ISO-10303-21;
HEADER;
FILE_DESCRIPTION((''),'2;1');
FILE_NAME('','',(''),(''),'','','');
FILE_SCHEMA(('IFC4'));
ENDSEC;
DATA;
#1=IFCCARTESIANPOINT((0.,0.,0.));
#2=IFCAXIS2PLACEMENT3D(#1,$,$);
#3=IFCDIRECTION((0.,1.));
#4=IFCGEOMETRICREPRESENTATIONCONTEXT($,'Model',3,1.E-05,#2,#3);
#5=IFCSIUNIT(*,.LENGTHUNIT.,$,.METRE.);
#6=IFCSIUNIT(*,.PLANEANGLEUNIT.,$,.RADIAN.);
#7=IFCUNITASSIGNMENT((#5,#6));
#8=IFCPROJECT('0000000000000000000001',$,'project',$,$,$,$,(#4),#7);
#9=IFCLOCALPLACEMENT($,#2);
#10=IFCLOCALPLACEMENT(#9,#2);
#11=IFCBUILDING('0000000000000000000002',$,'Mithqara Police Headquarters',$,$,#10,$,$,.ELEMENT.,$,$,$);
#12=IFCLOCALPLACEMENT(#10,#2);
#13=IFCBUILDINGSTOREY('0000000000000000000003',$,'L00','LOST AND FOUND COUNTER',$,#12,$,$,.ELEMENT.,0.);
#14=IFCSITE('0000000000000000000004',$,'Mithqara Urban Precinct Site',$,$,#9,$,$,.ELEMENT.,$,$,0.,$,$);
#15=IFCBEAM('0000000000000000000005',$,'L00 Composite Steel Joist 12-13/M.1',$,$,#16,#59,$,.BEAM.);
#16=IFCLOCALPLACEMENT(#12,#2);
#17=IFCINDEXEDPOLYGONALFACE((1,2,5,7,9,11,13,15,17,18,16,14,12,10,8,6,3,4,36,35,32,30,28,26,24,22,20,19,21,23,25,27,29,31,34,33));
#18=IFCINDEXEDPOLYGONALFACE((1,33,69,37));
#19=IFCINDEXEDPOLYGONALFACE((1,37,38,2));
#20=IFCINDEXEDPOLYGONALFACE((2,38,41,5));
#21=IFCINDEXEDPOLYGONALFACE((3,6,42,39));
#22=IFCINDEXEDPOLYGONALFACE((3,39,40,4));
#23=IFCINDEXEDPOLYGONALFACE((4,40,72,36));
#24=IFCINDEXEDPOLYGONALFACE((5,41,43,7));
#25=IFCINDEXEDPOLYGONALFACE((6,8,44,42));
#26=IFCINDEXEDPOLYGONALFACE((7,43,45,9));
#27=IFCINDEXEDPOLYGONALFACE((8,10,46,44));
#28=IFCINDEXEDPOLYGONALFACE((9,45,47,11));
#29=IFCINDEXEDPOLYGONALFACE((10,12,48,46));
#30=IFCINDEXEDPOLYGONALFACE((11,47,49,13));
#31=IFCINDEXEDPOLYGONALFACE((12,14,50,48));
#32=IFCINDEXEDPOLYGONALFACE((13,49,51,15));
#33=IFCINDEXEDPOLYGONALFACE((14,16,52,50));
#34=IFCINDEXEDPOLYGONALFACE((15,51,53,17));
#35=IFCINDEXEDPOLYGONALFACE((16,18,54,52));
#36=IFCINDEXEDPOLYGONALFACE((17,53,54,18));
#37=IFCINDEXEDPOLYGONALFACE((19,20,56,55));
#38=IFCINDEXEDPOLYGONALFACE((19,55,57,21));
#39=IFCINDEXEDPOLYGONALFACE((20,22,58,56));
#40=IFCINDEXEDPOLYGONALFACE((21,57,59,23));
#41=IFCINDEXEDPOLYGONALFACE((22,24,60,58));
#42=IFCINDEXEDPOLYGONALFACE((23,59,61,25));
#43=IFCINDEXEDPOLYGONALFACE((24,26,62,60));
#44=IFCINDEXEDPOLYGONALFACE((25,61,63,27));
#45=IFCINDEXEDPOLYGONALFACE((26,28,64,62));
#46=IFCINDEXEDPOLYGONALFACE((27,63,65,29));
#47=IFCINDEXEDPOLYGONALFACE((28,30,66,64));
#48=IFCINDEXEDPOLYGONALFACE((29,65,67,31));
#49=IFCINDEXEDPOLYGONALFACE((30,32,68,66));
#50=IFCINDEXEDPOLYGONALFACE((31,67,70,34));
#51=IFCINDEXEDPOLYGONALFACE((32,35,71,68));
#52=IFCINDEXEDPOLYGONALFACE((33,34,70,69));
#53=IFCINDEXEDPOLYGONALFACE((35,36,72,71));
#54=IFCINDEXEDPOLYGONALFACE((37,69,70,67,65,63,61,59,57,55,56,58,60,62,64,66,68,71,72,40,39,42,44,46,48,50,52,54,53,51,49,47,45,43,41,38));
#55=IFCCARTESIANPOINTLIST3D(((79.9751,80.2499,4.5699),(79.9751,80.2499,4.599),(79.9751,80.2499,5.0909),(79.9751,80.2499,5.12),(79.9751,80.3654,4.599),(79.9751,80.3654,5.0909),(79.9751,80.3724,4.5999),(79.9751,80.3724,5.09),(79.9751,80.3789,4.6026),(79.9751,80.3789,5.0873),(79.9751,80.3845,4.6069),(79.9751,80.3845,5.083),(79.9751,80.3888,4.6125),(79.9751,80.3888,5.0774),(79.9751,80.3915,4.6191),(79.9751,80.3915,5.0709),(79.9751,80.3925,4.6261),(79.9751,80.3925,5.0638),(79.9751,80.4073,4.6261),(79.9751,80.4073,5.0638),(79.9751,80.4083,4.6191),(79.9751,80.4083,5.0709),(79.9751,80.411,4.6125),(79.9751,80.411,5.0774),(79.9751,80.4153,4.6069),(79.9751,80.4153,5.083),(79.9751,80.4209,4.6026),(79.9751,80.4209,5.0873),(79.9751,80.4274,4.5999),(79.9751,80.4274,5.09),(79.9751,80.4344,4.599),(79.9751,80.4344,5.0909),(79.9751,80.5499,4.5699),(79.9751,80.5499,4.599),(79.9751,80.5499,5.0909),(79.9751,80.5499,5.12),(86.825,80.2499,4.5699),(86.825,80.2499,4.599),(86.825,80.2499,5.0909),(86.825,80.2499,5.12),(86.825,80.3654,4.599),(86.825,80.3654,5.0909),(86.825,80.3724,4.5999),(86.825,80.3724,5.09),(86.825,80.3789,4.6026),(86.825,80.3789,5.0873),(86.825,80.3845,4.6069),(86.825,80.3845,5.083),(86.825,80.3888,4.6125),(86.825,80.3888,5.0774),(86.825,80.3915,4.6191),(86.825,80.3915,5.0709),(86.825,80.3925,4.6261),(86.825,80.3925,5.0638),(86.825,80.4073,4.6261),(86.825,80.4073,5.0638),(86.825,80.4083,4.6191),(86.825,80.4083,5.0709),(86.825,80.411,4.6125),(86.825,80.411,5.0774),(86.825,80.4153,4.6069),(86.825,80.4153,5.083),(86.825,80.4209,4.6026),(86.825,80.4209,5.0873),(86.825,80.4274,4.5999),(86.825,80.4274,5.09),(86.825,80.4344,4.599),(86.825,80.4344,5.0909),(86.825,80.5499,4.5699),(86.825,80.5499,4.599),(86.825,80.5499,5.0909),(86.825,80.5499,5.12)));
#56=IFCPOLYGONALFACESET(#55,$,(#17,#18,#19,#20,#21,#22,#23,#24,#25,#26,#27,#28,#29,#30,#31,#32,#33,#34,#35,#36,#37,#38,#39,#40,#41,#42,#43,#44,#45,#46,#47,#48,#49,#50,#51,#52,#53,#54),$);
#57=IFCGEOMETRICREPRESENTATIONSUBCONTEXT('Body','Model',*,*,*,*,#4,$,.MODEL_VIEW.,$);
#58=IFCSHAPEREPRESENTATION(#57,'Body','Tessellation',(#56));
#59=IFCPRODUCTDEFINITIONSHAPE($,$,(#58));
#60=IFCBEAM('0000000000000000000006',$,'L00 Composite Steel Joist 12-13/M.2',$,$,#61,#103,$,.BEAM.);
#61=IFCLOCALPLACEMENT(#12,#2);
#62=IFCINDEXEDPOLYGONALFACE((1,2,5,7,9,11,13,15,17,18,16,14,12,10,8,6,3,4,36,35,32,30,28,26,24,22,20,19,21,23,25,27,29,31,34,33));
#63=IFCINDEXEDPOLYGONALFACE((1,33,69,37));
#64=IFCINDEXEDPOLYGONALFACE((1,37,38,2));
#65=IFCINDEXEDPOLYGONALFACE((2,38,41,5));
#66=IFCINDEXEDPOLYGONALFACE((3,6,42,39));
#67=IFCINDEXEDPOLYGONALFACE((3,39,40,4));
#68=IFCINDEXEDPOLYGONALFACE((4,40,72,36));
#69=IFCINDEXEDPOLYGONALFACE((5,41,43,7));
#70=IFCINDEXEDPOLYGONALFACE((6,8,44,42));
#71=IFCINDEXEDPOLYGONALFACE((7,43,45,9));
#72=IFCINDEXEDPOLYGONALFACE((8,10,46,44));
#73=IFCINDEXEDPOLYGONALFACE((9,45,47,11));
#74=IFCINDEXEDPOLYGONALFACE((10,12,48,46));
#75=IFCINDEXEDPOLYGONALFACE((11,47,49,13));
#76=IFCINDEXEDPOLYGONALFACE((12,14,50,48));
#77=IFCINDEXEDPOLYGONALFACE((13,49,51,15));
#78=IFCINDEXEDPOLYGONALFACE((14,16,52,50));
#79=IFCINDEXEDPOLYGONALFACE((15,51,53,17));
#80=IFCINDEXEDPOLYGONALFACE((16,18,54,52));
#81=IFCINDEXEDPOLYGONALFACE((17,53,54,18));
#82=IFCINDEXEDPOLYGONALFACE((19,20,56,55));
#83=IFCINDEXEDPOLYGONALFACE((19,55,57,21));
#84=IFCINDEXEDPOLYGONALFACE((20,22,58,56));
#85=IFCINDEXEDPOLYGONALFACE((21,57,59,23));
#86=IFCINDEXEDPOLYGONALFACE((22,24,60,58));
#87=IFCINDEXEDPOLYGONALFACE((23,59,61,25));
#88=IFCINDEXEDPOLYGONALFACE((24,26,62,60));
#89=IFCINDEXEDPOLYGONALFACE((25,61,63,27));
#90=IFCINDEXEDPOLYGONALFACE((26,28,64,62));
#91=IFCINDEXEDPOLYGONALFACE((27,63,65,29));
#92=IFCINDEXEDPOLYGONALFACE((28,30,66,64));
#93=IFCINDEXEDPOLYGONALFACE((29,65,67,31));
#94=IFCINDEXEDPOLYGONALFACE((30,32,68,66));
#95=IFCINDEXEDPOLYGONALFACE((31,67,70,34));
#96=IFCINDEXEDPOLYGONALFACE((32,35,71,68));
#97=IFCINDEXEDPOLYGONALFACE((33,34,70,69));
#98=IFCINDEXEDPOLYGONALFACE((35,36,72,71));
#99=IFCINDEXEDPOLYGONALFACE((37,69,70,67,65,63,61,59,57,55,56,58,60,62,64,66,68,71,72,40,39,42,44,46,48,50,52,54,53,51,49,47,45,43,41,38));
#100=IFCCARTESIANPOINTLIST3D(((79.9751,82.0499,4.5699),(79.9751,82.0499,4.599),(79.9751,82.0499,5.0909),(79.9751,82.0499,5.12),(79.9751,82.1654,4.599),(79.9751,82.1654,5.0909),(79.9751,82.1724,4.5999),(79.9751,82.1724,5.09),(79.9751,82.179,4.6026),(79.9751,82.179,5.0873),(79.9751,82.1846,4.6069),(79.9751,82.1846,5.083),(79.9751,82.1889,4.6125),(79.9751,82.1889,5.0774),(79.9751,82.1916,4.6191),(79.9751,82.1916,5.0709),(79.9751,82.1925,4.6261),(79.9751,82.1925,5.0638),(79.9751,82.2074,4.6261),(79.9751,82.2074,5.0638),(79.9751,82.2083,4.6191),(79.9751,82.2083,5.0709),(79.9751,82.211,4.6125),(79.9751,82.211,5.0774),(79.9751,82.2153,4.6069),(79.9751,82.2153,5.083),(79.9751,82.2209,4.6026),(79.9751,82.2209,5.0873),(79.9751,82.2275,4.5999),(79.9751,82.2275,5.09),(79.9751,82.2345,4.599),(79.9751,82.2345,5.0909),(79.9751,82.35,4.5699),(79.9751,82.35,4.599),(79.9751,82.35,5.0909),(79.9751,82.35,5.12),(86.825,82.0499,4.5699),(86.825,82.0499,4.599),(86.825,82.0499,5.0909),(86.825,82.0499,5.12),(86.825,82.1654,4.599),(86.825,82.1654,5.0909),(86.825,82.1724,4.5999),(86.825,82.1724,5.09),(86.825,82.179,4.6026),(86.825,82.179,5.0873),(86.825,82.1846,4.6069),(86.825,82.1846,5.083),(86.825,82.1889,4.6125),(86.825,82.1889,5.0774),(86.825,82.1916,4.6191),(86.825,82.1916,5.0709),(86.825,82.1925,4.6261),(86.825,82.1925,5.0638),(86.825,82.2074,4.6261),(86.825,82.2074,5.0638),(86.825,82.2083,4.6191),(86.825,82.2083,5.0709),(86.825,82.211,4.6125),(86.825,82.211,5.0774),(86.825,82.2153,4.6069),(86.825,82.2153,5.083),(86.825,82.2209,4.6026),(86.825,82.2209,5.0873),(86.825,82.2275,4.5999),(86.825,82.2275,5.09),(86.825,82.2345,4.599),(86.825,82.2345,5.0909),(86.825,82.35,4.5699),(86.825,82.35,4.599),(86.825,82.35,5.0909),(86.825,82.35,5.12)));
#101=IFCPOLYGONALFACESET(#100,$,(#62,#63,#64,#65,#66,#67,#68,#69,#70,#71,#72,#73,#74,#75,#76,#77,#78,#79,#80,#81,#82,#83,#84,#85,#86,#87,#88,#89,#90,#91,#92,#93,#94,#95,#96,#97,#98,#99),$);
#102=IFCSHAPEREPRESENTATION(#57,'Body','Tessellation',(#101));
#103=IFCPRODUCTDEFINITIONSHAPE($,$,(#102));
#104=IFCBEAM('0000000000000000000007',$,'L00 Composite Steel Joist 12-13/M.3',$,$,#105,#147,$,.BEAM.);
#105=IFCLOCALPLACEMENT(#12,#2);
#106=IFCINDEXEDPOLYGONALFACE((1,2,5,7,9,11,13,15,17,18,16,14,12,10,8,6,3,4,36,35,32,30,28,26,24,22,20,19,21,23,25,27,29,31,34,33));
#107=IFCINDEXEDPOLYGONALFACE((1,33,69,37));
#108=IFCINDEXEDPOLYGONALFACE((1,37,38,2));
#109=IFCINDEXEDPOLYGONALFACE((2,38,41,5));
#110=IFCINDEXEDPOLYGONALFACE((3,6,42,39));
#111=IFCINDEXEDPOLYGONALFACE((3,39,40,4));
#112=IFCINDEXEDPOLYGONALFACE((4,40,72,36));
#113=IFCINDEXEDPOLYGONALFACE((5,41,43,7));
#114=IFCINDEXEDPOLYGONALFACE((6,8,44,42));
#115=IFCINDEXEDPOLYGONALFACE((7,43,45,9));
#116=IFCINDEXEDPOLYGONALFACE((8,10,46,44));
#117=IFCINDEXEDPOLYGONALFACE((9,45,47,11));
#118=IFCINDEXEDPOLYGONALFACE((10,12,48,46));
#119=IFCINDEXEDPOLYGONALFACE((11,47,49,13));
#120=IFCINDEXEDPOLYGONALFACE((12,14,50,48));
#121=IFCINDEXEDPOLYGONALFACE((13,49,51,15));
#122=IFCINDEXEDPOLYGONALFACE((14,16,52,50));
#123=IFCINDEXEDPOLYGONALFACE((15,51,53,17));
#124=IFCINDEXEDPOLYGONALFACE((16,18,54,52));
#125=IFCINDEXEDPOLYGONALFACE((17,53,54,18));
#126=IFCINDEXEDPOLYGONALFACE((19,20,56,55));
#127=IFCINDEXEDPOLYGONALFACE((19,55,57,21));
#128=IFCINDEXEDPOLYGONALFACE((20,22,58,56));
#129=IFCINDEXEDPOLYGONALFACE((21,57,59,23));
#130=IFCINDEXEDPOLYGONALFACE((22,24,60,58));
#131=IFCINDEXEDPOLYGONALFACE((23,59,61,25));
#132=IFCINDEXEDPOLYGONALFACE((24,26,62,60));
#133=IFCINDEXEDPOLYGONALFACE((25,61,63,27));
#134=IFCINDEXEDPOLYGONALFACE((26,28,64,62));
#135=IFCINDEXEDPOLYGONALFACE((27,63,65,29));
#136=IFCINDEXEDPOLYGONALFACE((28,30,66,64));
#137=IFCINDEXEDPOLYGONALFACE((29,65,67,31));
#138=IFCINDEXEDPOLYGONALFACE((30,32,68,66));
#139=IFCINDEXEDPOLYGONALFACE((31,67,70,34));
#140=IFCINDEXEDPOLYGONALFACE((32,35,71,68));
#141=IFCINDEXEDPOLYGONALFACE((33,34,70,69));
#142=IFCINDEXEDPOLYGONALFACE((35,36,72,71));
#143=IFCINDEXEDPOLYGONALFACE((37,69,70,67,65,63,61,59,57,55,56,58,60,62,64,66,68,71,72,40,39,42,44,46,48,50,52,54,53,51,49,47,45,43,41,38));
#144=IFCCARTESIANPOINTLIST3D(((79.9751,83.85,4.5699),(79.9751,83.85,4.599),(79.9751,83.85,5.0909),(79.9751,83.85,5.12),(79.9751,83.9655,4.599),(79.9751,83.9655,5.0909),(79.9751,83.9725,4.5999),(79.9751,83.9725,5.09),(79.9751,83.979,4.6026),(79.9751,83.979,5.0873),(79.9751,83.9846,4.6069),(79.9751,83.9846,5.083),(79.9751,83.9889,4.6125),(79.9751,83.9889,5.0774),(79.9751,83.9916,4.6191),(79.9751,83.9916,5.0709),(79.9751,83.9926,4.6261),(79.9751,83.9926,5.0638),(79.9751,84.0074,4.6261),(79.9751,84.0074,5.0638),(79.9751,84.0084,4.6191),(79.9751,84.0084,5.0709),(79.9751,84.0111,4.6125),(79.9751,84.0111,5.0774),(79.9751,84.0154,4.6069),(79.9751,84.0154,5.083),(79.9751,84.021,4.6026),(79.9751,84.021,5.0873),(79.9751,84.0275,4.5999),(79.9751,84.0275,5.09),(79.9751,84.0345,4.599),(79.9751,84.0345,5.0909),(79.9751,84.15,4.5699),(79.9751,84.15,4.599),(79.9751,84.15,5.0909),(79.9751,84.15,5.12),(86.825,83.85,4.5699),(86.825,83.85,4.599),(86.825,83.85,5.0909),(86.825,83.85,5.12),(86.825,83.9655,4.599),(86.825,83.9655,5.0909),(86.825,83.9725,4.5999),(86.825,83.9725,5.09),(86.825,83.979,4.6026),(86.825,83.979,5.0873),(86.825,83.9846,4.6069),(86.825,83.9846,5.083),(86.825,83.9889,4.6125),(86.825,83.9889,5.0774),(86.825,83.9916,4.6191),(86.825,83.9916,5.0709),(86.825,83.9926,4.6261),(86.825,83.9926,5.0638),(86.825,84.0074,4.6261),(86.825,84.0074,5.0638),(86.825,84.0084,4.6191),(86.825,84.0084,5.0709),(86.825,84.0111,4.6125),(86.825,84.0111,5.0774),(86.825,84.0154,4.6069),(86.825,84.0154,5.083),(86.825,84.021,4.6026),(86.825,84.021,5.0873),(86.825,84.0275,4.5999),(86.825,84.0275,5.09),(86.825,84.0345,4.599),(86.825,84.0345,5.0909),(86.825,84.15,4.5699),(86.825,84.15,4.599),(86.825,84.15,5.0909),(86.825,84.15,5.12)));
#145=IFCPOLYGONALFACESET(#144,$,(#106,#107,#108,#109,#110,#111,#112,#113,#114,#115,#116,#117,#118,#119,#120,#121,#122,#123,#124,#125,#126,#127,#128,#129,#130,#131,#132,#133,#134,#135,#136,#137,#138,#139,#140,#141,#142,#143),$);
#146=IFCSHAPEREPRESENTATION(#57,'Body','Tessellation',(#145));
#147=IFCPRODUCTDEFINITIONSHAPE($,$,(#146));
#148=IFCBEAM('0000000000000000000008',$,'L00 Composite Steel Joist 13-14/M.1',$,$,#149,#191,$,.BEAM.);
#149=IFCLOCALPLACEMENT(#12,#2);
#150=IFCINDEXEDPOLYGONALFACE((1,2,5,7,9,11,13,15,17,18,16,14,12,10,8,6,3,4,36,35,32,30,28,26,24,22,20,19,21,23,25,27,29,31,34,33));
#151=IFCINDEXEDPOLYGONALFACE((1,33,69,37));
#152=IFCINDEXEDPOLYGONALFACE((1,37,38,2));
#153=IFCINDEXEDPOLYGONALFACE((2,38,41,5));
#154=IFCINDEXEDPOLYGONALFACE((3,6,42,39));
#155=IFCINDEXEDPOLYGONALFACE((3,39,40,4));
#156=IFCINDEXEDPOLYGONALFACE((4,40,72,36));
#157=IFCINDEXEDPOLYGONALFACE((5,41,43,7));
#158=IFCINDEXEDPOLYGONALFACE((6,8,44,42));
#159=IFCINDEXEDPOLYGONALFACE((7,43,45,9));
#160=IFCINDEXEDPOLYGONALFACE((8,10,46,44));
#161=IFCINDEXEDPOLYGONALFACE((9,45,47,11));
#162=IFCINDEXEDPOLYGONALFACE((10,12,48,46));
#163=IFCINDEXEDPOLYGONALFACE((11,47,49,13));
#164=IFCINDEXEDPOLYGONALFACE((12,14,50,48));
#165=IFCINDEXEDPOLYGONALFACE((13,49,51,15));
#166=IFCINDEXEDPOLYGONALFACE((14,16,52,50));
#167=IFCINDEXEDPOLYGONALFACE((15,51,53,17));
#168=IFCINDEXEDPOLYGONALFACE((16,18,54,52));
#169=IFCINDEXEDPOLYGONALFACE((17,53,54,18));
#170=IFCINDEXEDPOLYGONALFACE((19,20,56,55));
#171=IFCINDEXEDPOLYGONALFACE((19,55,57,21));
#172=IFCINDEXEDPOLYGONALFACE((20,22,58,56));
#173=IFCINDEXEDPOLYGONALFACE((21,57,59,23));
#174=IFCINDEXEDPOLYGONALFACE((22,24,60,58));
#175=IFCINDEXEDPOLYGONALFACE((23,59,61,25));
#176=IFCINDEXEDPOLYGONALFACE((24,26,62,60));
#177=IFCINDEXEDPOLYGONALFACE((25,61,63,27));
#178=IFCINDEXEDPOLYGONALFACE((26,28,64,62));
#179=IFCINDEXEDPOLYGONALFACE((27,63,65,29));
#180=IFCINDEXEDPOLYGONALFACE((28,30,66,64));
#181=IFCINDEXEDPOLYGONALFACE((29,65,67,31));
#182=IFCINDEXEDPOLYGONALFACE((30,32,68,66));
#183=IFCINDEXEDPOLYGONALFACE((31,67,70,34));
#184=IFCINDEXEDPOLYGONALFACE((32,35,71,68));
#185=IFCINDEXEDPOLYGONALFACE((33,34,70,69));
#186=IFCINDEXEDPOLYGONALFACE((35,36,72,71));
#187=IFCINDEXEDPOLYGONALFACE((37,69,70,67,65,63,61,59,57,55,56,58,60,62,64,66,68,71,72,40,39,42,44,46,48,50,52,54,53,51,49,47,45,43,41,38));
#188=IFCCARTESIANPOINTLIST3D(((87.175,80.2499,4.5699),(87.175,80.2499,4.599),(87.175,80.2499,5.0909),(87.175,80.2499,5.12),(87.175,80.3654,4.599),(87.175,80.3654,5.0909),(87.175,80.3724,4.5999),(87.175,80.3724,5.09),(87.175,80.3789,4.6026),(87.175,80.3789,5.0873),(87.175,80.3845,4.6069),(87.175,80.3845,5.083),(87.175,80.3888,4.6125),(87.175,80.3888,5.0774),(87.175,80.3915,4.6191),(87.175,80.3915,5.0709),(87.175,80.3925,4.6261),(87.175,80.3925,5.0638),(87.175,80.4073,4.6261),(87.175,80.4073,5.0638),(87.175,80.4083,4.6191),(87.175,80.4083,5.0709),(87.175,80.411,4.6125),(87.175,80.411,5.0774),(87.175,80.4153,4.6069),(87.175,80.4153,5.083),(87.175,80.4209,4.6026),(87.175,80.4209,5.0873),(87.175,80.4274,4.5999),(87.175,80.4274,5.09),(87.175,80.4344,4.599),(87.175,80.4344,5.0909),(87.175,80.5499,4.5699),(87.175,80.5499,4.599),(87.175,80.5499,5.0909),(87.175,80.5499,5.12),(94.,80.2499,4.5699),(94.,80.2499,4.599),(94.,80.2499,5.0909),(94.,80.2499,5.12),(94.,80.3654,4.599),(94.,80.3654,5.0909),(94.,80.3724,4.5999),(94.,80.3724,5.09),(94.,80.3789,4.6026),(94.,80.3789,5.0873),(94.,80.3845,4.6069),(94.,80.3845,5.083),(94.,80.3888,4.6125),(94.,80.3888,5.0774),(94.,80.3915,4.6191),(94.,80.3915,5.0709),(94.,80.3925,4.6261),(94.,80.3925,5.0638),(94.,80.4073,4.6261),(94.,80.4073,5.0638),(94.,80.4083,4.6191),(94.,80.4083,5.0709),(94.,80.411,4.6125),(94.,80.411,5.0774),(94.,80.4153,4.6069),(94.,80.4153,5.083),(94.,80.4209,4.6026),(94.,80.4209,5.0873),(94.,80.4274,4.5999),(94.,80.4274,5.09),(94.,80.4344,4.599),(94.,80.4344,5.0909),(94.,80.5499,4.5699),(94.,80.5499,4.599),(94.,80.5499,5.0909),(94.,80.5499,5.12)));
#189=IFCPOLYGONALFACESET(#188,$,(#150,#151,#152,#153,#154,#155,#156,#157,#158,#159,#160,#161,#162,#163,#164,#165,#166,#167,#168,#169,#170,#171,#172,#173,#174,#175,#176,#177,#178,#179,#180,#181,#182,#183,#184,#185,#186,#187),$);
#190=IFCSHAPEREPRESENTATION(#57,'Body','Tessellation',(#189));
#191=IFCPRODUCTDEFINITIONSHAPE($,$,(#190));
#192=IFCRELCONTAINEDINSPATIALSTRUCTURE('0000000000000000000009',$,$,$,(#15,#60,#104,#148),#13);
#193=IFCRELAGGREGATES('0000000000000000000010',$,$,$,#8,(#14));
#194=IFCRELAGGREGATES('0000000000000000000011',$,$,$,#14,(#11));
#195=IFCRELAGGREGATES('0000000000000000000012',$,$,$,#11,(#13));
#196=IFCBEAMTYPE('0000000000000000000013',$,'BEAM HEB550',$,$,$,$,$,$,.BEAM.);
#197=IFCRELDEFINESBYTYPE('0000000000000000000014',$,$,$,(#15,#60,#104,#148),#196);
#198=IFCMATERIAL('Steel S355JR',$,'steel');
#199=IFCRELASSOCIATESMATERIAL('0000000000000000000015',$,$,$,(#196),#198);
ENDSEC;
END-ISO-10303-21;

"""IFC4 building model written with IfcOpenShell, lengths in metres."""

from ifc_helpers import new_model, si_unit, direction, frame, origin, origin_2d, place, context, subcontext, project, spatial, i_section, extrude, material, material_profile, profile_set, type_object, element, save


model = new_model("IFC4")

# Units and contexts
model_context = context("Model", 3, precision=1e-05, world=origin(), true_north=direction((0.0, 1.0)))
body_context = subcontext(model_context, "Body", "Model", "MODEL_VIEW")
ifc_project = project(units=[si_unit("LENGTHUNIT", "METRE"), si_unit("PLANEANGLEUNIT", "RADIAN")], contexts=[model_context])

# Site, building, storey
site_placement = place(None, origin())
site = spatial("IfcSite", under=ifc_project, at=site_placement, Name="Mithqara Urban Precinct Site", CompositionType="ELEMENT", RefElevation=0.0)
building_placement = place(site_placement, origin())
building = spatial("IfcBuilding", under=site, at=building_placement, Name="Mithqara Police Headquarters", CompositionType="ELEMENT")
storey_placement = place(building_placement, origin())
storey = spatial("IfcBuildingStorey", under=building, at=storey_placement, Name="L00", Description="LOST AND FOUND COUNTER", CompositionType="ELEMENT", Elevation=0.0)

# Beams
ifc_material_1 = material(Name="Steel S355JR", Category="steel")
ifc_material_profile_1 = material_profile(ifc_material_1, i_section(OverallWidth=0.3, OverallDepth=0.55, WebThickness=0.0149, FlangeThickness=0.0291, FilletRadius=0.0271, at=origin_2d()), Name="HEB 550")
ifc_profile_set_1 = profile_set([ifc_material_profile_1], Name="Steel S355JR")
beam_type_1 = type_object("IfcBeamType", Name="BEAM HEB550", PredefinedType="BEAM", material=ifc_profile_set_1)
for number, where, z_axis, x_axis, name in (
    (1, (79.9751, 80.3999, 4.845), (1.0, 0.0, 0.0), (0.0, 1.0, 0.0), "L00 Composite Steel Joist 12-13/M.1"),
    (2, (79.9751, 82.2, 4.845), (1.0, 0.0, 0.0), (0.0, 1.0, 0.0), "L00 Composite Steel Joist 12-13/M.2"),
    (3, (79.9751, 84.0, 4.845), (1.0, 0.0, 0.0), (0.0, 1.0, 0.0), "L00 Composite Steel Joist 12-13/M.3"),
):
    element("IfcBeam", number, at=place(storey_placement, frame(where, z_axis=z_axis, x_axis=x_axis)), inside=storey, type_object=beam_type_1, Name=name, PredefinedType="BEAM", context=body_context, shape_type="SweptSolid", body=[
        extrude(i_section(OverallWidth=0.3, OverallDepth=0.55, WebThickness=0.0149, FlangeThickness=0.0291, FilletRadius=0.0271, at=origin_2d()), origin(), (0.0, 0.0, 1.0), 6.8499),
    ])
for number, where, z_axis, x_axis, name in (
    (4, (87.175, 80.3999, 4.845), (1.0, 0.0, 0.0), (0.0, 1.0, 0.0), "L00 Composite Steel Joist 13-14/M.1"),
):
    element("IfcBeam", number, at=place(storey_placement, frame(where, z_axis=z_axis, x_axis=x_axis)), inside=storey, type_object=beam_type_1, Name=name, PredefinedType="BEAM", context=body_context, shape_type="SweptSolid", body=[
        extrude(i_section(OverallWidth=0.3, OverallDepth=0.55, WebThickness=0.0149, FlangeThickness=0.0291, FilletRadius=0.0271, at=origin_2d()), origin(), (0.0, 0.0, 1.0), 6.825),
    ])

save(model, "model.ifc")
